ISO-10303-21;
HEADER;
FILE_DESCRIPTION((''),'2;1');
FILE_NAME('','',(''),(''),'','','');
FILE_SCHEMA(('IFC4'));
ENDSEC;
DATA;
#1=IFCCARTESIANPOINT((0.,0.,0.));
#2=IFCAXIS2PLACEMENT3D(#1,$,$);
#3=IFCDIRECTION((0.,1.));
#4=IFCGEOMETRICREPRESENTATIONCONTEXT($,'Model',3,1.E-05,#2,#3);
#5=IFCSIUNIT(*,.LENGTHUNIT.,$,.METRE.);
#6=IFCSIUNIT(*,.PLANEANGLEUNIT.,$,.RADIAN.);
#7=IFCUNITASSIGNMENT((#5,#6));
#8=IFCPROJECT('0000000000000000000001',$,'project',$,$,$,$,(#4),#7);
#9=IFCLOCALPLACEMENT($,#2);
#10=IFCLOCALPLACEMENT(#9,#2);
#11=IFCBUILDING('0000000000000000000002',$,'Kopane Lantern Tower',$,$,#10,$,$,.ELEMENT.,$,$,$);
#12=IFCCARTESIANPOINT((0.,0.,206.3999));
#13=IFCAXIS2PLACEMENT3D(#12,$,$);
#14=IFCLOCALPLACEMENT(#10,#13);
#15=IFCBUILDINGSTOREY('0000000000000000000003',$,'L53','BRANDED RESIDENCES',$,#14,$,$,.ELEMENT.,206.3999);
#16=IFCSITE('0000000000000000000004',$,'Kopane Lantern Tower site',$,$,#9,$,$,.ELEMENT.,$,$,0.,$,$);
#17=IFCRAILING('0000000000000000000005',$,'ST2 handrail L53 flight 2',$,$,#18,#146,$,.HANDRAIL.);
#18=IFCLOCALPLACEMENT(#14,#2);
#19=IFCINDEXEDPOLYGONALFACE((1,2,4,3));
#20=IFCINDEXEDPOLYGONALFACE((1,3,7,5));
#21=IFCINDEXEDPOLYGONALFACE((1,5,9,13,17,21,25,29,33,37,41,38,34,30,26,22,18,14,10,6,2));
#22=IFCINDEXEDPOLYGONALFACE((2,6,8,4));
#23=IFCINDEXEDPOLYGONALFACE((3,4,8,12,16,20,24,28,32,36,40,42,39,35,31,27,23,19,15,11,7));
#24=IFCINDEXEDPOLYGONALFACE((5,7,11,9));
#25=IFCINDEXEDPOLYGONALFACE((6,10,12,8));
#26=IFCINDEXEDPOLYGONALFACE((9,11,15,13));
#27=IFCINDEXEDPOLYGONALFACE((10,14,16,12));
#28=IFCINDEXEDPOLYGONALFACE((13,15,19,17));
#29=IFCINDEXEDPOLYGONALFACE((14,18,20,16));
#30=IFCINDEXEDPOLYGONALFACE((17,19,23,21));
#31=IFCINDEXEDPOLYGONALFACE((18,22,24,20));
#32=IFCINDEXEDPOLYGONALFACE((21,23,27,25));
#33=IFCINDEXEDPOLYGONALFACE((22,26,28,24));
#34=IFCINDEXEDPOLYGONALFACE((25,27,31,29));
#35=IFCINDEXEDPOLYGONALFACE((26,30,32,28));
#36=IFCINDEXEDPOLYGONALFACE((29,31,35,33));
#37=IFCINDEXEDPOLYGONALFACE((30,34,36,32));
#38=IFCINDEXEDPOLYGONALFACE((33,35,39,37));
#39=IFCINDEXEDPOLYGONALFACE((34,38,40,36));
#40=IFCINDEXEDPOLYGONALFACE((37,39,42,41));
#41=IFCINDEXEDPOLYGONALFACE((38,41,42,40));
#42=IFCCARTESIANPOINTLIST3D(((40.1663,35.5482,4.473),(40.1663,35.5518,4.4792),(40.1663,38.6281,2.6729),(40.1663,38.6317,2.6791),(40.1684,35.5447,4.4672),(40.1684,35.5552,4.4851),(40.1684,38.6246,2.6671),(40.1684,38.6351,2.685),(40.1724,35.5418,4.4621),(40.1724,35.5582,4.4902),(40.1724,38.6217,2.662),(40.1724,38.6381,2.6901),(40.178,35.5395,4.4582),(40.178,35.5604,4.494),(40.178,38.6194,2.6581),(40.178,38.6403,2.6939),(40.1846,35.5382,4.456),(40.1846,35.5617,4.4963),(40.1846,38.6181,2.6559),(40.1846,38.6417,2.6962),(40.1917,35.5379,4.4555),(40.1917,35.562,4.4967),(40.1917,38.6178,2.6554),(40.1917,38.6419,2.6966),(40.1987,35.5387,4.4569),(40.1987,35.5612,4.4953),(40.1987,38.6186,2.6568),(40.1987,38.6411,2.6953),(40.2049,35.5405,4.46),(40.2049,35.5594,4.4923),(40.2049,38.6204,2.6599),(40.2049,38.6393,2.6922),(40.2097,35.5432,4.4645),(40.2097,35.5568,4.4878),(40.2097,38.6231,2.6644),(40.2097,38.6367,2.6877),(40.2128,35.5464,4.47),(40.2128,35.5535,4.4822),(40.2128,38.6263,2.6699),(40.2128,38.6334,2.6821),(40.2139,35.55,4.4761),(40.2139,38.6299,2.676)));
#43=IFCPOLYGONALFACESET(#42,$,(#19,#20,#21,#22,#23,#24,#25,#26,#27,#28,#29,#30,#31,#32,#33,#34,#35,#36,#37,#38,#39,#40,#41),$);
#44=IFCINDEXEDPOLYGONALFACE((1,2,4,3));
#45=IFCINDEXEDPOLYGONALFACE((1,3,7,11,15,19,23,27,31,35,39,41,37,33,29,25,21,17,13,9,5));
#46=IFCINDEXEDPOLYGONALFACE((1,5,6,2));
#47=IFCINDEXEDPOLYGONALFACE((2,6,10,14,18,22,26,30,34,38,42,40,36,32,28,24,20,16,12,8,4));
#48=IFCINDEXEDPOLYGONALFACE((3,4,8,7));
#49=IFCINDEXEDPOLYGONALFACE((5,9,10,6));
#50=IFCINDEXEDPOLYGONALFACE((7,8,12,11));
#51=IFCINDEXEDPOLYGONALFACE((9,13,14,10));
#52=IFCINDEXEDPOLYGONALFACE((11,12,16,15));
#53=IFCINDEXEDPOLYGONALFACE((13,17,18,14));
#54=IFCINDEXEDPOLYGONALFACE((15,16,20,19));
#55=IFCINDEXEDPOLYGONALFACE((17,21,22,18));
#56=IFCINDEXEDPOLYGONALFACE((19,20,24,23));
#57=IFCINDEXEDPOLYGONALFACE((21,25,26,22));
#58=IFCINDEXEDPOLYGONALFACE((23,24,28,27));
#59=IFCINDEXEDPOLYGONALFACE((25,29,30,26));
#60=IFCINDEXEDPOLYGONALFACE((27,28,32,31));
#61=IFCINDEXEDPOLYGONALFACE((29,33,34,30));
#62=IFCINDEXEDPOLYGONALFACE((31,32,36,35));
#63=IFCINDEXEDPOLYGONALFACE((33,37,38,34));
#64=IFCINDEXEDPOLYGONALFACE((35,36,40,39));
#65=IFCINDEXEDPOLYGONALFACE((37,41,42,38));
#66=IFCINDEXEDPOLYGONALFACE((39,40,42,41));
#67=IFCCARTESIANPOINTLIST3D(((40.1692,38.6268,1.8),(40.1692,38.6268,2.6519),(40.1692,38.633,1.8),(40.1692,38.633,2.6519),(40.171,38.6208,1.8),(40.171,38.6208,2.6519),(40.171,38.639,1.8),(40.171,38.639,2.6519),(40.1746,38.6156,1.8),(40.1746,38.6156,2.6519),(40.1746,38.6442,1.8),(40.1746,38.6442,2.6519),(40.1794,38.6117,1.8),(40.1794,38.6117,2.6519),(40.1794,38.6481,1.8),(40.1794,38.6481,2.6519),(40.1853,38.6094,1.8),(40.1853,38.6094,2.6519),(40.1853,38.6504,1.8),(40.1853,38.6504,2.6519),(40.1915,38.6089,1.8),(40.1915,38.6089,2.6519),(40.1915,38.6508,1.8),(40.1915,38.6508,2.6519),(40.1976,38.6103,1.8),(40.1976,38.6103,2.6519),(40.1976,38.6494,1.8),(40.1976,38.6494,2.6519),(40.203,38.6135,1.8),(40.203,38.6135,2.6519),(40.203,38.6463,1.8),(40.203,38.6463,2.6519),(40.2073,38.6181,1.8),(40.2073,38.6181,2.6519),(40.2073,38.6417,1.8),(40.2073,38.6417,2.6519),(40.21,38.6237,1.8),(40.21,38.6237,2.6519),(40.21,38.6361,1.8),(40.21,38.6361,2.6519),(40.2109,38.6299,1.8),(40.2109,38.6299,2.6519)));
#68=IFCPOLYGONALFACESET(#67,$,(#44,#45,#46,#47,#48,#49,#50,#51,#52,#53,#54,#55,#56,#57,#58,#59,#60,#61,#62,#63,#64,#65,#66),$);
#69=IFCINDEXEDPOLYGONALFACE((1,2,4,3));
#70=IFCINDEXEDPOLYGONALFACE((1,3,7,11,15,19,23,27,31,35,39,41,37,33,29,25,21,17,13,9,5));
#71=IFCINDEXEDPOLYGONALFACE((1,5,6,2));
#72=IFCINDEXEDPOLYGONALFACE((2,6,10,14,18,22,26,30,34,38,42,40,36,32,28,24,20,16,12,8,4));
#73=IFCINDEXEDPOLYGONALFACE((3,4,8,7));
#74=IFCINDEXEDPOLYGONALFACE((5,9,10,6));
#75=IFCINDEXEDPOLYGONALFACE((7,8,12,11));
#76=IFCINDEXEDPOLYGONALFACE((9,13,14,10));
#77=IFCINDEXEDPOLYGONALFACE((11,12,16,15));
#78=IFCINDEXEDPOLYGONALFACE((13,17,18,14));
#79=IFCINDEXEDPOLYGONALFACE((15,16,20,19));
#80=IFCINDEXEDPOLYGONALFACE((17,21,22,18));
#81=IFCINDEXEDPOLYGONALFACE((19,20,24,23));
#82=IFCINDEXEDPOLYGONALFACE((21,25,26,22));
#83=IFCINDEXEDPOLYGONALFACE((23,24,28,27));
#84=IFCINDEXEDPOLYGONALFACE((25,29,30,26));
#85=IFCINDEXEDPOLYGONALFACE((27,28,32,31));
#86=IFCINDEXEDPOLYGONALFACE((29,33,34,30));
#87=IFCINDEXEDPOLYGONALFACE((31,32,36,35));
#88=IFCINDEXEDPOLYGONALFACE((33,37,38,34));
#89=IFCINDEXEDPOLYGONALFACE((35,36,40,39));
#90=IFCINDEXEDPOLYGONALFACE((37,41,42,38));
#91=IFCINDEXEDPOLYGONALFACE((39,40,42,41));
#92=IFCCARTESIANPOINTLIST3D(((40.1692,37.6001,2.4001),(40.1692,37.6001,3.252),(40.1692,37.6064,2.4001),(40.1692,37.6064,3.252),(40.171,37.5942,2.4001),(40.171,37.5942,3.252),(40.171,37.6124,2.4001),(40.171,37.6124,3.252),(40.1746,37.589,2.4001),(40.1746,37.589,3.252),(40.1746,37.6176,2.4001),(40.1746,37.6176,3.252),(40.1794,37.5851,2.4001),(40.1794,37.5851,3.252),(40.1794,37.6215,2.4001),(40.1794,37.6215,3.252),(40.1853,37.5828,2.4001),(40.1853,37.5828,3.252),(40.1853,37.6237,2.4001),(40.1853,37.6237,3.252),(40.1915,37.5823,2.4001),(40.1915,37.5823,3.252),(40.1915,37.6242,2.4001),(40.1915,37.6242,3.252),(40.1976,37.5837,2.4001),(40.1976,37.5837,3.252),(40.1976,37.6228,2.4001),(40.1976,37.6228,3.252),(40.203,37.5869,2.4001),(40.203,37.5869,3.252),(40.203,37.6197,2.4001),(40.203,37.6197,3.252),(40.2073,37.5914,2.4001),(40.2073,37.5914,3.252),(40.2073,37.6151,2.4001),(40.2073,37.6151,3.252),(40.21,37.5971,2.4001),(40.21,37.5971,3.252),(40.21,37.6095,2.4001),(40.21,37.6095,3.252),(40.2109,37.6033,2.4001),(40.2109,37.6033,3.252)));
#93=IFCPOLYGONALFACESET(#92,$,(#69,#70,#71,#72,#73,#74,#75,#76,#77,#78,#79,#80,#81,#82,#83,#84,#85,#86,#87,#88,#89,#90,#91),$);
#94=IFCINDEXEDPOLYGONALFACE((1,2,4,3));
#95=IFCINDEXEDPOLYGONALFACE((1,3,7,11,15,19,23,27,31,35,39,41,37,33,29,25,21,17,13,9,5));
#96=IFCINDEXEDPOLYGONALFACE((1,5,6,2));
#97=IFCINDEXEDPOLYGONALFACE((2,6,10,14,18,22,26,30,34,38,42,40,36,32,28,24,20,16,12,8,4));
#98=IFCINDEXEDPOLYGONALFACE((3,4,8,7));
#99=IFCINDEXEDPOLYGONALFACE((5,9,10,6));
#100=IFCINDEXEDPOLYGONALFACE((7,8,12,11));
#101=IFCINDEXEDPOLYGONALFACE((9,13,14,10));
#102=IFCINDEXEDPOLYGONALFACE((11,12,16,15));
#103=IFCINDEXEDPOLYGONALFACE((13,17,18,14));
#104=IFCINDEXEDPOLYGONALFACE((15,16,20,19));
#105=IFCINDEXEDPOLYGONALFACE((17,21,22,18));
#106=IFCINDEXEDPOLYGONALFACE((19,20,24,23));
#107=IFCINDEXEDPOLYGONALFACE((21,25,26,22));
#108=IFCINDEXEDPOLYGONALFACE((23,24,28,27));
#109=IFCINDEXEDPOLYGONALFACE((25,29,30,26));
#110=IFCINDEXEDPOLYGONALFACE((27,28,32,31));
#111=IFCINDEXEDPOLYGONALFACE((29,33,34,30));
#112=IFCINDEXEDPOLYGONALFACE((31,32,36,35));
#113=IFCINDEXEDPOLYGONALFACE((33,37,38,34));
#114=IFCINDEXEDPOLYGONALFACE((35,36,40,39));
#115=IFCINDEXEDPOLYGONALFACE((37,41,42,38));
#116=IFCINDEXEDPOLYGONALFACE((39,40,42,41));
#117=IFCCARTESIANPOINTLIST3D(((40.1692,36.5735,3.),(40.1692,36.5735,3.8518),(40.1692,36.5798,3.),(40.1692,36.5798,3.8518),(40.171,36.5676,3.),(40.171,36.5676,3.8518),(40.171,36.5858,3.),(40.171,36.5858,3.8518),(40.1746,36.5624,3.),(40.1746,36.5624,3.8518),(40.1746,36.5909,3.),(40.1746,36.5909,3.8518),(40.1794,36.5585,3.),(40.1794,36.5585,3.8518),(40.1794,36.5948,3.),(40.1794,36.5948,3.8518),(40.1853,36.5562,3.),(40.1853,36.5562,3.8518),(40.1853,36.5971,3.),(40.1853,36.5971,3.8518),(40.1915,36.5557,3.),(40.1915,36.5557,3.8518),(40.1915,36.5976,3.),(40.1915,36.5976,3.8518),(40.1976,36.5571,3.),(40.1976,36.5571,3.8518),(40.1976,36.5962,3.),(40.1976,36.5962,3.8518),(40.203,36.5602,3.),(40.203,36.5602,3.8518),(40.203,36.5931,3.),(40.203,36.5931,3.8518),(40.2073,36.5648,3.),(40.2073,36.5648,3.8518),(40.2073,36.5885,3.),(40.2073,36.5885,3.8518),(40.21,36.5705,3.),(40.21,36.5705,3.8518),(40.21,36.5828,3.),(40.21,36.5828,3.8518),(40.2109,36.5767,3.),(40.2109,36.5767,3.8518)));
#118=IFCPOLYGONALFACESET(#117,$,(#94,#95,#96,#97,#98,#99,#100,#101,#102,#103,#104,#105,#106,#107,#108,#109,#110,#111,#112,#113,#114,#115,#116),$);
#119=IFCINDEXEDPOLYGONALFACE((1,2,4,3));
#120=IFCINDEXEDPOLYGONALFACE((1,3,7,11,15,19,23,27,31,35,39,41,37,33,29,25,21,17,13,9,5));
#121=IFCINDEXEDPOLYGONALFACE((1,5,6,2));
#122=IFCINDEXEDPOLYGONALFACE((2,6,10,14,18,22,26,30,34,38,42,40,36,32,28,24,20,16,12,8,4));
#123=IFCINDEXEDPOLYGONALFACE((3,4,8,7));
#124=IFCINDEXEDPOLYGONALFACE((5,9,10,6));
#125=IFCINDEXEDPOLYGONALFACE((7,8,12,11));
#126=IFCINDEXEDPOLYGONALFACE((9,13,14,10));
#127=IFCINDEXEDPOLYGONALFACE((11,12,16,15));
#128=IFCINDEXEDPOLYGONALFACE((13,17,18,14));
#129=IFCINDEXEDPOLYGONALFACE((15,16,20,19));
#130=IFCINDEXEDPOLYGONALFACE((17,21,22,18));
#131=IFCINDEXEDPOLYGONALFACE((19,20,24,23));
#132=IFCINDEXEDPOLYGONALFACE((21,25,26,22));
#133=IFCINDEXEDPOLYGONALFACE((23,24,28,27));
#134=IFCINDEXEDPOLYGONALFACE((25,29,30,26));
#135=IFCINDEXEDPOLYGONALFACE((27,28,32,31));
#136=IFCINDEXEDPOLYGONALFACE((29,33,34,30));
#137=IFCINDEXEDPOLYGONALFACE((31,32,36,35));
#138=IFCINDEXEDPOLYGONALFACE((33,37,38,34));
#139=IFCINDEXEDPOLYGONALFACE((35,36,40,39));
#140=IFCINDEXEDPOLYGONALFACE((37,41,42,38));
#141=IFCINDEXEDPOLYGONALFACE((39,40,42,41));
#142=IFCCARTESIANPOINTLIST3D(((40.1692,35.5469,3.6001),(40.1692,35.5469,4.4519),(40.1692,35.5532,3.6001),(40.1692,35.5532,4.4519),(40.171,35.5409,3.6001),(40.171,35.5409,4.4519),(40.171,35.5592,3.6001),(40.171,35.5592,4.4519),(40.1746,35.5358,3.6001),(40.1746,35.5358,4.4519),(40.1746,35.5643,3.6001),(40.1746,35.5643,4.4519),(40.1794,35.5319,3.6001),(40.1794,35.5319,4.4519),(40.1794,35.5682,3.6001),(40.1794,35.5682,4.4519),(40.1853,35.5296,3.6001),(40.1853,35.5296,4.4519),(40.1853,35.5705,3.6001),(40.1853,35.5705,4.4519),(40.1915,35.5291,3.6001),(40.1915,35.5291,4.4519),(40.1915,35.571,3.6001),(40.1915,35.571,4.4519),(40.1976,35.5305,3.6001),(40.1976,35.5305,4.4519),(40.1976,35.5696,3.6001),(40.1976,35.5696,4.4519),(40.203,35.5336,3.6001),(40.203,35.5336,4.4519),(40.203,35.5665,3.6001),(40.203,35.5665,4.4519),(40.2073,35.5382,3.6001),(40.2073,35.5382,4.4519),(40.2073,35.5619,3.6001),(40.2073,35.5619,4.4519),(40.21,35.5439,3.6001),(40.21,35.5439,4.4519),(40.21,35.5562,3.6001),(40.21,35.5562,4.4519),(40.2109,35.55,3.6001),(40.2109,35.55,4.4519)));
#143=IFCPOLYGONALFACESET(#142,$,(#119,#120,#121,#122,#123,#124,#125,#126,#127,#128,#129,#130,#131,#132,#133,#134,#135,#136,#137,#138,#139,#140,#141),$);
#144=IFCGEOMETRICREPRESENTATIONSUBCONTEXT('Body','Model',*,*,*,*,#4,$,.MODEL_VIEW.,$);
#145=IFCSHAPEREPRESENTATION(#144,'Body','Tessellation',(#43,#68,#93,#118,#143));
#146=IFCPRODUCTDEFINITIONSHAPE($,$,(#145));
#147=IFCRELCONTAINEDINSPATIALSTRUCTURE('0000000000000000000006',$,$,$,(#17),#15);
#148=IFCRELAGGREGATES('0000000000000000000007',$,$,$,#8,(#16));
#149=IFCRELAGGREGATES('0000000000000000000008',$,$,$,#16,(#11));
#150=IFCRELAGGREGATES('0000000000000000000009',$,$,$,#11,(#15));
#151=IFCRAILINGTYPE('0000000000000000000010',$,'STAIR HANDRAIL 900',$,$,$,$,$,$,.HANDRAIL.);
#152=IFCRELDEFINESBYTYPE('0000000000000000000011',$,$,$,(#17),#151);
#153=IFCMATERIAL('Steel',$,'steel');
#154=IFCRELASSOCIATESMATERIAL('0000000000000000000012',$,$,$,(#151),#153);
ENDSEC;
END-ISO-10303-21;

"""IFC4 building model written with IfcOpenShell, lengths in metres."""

from ifc_helpers import new_model, si_unit, direction, frame, origin, origin_2d, place, context, subcontext, project, spatial, circle, extrude, material, type_object, element, save


model = new_model("IFC4")

# Units and contexts
model_context = context("Model", 3, precision=1e-05, world=origin(), true_north=direction((0.0, 1.0)))
body_context = subcontext(model_context, "Body", "Model", "MODEL_VIEW")
ifc_project = project(units=[si_unit("LENGTHUNIT", "METRE"), si_unit("PLANEANGLEUNIT", "RADIAN")], contexts=[model_context])

# Site, building, storey
site_placement = place(None, origin())
site = spatial("IfcSite", under=ifc_project, at=site_placement, Name="Kopane Lantern Tower site", CompositionType="ELEMENT", RefElevation=0.0)
building_placement = place(site_placement, origin())
building = spatial("IfcBuilding", under=site, at=building_placement, Name="Kopane Lantern Tower", CompositionType="ELEMENT")
storey_placement = place(building_placement, frame((0.0, 0.0, 206.3999)))
storey = spatial("IfcBuildingStorey", under=building, at=storey_placement, Name="L53", Description="BRANDED RESIDENCES", CompositionType="ELEMENT", Elevation=206.3999)

# Railing
ifc_material_1 = material(Name="Steel", Category="steel")
railing_type_1 = type_object("IfcRailingType", Name="STAIR HANDRAIL 900", PredefinedType="HANDRAIL", material=ifc_material_1)
for number, where, name in (
    (1, (40.1899, 38.6299, 1.8), "ST2 handrail L53 flight 2"),
):
    element("IfcRailing", number, at=place(storey_placement, frame(where)), inside=storey, type_object=railing_type_1, Name=name, PredefinedType="HANDRAIL", context=body_context, shape_type="SweptSolid", body=[
        extrude(circle(Radius=0.0239, at=origin_2d()), frame((0.0, 0.0, 0.876), z_axis=(0.0, -0.863354, 0.504598), x_axis=(1.0, 0.0, 0.0)), (0.0, 0.0, 1.0), 3.5674),
        extrude(circle(Radius=0.021, at=origin_2d()), origin(), (0.0, 0.0, 1.0), 0.8518),
        extrude(circle(Radius=0.021, at=origin_2d()), frame((0.0, -1.0266, 0.6001)), (0.0, 0.0, 1.0), 0.8518),
        extrude(circle(Radius=0.021, at=origin_2d()), frame((0.0, -2.0532, 1.2)), (0.0, 0.0, 1.0), 0.8518),
        extrude(circle(Radius=0.021, at=origin_2d()), frame((0.0, -3.0798, 1.8)), (0.0, 0.0, 1.0), 0.8518),
    ])

save(model, "model.ifc")
